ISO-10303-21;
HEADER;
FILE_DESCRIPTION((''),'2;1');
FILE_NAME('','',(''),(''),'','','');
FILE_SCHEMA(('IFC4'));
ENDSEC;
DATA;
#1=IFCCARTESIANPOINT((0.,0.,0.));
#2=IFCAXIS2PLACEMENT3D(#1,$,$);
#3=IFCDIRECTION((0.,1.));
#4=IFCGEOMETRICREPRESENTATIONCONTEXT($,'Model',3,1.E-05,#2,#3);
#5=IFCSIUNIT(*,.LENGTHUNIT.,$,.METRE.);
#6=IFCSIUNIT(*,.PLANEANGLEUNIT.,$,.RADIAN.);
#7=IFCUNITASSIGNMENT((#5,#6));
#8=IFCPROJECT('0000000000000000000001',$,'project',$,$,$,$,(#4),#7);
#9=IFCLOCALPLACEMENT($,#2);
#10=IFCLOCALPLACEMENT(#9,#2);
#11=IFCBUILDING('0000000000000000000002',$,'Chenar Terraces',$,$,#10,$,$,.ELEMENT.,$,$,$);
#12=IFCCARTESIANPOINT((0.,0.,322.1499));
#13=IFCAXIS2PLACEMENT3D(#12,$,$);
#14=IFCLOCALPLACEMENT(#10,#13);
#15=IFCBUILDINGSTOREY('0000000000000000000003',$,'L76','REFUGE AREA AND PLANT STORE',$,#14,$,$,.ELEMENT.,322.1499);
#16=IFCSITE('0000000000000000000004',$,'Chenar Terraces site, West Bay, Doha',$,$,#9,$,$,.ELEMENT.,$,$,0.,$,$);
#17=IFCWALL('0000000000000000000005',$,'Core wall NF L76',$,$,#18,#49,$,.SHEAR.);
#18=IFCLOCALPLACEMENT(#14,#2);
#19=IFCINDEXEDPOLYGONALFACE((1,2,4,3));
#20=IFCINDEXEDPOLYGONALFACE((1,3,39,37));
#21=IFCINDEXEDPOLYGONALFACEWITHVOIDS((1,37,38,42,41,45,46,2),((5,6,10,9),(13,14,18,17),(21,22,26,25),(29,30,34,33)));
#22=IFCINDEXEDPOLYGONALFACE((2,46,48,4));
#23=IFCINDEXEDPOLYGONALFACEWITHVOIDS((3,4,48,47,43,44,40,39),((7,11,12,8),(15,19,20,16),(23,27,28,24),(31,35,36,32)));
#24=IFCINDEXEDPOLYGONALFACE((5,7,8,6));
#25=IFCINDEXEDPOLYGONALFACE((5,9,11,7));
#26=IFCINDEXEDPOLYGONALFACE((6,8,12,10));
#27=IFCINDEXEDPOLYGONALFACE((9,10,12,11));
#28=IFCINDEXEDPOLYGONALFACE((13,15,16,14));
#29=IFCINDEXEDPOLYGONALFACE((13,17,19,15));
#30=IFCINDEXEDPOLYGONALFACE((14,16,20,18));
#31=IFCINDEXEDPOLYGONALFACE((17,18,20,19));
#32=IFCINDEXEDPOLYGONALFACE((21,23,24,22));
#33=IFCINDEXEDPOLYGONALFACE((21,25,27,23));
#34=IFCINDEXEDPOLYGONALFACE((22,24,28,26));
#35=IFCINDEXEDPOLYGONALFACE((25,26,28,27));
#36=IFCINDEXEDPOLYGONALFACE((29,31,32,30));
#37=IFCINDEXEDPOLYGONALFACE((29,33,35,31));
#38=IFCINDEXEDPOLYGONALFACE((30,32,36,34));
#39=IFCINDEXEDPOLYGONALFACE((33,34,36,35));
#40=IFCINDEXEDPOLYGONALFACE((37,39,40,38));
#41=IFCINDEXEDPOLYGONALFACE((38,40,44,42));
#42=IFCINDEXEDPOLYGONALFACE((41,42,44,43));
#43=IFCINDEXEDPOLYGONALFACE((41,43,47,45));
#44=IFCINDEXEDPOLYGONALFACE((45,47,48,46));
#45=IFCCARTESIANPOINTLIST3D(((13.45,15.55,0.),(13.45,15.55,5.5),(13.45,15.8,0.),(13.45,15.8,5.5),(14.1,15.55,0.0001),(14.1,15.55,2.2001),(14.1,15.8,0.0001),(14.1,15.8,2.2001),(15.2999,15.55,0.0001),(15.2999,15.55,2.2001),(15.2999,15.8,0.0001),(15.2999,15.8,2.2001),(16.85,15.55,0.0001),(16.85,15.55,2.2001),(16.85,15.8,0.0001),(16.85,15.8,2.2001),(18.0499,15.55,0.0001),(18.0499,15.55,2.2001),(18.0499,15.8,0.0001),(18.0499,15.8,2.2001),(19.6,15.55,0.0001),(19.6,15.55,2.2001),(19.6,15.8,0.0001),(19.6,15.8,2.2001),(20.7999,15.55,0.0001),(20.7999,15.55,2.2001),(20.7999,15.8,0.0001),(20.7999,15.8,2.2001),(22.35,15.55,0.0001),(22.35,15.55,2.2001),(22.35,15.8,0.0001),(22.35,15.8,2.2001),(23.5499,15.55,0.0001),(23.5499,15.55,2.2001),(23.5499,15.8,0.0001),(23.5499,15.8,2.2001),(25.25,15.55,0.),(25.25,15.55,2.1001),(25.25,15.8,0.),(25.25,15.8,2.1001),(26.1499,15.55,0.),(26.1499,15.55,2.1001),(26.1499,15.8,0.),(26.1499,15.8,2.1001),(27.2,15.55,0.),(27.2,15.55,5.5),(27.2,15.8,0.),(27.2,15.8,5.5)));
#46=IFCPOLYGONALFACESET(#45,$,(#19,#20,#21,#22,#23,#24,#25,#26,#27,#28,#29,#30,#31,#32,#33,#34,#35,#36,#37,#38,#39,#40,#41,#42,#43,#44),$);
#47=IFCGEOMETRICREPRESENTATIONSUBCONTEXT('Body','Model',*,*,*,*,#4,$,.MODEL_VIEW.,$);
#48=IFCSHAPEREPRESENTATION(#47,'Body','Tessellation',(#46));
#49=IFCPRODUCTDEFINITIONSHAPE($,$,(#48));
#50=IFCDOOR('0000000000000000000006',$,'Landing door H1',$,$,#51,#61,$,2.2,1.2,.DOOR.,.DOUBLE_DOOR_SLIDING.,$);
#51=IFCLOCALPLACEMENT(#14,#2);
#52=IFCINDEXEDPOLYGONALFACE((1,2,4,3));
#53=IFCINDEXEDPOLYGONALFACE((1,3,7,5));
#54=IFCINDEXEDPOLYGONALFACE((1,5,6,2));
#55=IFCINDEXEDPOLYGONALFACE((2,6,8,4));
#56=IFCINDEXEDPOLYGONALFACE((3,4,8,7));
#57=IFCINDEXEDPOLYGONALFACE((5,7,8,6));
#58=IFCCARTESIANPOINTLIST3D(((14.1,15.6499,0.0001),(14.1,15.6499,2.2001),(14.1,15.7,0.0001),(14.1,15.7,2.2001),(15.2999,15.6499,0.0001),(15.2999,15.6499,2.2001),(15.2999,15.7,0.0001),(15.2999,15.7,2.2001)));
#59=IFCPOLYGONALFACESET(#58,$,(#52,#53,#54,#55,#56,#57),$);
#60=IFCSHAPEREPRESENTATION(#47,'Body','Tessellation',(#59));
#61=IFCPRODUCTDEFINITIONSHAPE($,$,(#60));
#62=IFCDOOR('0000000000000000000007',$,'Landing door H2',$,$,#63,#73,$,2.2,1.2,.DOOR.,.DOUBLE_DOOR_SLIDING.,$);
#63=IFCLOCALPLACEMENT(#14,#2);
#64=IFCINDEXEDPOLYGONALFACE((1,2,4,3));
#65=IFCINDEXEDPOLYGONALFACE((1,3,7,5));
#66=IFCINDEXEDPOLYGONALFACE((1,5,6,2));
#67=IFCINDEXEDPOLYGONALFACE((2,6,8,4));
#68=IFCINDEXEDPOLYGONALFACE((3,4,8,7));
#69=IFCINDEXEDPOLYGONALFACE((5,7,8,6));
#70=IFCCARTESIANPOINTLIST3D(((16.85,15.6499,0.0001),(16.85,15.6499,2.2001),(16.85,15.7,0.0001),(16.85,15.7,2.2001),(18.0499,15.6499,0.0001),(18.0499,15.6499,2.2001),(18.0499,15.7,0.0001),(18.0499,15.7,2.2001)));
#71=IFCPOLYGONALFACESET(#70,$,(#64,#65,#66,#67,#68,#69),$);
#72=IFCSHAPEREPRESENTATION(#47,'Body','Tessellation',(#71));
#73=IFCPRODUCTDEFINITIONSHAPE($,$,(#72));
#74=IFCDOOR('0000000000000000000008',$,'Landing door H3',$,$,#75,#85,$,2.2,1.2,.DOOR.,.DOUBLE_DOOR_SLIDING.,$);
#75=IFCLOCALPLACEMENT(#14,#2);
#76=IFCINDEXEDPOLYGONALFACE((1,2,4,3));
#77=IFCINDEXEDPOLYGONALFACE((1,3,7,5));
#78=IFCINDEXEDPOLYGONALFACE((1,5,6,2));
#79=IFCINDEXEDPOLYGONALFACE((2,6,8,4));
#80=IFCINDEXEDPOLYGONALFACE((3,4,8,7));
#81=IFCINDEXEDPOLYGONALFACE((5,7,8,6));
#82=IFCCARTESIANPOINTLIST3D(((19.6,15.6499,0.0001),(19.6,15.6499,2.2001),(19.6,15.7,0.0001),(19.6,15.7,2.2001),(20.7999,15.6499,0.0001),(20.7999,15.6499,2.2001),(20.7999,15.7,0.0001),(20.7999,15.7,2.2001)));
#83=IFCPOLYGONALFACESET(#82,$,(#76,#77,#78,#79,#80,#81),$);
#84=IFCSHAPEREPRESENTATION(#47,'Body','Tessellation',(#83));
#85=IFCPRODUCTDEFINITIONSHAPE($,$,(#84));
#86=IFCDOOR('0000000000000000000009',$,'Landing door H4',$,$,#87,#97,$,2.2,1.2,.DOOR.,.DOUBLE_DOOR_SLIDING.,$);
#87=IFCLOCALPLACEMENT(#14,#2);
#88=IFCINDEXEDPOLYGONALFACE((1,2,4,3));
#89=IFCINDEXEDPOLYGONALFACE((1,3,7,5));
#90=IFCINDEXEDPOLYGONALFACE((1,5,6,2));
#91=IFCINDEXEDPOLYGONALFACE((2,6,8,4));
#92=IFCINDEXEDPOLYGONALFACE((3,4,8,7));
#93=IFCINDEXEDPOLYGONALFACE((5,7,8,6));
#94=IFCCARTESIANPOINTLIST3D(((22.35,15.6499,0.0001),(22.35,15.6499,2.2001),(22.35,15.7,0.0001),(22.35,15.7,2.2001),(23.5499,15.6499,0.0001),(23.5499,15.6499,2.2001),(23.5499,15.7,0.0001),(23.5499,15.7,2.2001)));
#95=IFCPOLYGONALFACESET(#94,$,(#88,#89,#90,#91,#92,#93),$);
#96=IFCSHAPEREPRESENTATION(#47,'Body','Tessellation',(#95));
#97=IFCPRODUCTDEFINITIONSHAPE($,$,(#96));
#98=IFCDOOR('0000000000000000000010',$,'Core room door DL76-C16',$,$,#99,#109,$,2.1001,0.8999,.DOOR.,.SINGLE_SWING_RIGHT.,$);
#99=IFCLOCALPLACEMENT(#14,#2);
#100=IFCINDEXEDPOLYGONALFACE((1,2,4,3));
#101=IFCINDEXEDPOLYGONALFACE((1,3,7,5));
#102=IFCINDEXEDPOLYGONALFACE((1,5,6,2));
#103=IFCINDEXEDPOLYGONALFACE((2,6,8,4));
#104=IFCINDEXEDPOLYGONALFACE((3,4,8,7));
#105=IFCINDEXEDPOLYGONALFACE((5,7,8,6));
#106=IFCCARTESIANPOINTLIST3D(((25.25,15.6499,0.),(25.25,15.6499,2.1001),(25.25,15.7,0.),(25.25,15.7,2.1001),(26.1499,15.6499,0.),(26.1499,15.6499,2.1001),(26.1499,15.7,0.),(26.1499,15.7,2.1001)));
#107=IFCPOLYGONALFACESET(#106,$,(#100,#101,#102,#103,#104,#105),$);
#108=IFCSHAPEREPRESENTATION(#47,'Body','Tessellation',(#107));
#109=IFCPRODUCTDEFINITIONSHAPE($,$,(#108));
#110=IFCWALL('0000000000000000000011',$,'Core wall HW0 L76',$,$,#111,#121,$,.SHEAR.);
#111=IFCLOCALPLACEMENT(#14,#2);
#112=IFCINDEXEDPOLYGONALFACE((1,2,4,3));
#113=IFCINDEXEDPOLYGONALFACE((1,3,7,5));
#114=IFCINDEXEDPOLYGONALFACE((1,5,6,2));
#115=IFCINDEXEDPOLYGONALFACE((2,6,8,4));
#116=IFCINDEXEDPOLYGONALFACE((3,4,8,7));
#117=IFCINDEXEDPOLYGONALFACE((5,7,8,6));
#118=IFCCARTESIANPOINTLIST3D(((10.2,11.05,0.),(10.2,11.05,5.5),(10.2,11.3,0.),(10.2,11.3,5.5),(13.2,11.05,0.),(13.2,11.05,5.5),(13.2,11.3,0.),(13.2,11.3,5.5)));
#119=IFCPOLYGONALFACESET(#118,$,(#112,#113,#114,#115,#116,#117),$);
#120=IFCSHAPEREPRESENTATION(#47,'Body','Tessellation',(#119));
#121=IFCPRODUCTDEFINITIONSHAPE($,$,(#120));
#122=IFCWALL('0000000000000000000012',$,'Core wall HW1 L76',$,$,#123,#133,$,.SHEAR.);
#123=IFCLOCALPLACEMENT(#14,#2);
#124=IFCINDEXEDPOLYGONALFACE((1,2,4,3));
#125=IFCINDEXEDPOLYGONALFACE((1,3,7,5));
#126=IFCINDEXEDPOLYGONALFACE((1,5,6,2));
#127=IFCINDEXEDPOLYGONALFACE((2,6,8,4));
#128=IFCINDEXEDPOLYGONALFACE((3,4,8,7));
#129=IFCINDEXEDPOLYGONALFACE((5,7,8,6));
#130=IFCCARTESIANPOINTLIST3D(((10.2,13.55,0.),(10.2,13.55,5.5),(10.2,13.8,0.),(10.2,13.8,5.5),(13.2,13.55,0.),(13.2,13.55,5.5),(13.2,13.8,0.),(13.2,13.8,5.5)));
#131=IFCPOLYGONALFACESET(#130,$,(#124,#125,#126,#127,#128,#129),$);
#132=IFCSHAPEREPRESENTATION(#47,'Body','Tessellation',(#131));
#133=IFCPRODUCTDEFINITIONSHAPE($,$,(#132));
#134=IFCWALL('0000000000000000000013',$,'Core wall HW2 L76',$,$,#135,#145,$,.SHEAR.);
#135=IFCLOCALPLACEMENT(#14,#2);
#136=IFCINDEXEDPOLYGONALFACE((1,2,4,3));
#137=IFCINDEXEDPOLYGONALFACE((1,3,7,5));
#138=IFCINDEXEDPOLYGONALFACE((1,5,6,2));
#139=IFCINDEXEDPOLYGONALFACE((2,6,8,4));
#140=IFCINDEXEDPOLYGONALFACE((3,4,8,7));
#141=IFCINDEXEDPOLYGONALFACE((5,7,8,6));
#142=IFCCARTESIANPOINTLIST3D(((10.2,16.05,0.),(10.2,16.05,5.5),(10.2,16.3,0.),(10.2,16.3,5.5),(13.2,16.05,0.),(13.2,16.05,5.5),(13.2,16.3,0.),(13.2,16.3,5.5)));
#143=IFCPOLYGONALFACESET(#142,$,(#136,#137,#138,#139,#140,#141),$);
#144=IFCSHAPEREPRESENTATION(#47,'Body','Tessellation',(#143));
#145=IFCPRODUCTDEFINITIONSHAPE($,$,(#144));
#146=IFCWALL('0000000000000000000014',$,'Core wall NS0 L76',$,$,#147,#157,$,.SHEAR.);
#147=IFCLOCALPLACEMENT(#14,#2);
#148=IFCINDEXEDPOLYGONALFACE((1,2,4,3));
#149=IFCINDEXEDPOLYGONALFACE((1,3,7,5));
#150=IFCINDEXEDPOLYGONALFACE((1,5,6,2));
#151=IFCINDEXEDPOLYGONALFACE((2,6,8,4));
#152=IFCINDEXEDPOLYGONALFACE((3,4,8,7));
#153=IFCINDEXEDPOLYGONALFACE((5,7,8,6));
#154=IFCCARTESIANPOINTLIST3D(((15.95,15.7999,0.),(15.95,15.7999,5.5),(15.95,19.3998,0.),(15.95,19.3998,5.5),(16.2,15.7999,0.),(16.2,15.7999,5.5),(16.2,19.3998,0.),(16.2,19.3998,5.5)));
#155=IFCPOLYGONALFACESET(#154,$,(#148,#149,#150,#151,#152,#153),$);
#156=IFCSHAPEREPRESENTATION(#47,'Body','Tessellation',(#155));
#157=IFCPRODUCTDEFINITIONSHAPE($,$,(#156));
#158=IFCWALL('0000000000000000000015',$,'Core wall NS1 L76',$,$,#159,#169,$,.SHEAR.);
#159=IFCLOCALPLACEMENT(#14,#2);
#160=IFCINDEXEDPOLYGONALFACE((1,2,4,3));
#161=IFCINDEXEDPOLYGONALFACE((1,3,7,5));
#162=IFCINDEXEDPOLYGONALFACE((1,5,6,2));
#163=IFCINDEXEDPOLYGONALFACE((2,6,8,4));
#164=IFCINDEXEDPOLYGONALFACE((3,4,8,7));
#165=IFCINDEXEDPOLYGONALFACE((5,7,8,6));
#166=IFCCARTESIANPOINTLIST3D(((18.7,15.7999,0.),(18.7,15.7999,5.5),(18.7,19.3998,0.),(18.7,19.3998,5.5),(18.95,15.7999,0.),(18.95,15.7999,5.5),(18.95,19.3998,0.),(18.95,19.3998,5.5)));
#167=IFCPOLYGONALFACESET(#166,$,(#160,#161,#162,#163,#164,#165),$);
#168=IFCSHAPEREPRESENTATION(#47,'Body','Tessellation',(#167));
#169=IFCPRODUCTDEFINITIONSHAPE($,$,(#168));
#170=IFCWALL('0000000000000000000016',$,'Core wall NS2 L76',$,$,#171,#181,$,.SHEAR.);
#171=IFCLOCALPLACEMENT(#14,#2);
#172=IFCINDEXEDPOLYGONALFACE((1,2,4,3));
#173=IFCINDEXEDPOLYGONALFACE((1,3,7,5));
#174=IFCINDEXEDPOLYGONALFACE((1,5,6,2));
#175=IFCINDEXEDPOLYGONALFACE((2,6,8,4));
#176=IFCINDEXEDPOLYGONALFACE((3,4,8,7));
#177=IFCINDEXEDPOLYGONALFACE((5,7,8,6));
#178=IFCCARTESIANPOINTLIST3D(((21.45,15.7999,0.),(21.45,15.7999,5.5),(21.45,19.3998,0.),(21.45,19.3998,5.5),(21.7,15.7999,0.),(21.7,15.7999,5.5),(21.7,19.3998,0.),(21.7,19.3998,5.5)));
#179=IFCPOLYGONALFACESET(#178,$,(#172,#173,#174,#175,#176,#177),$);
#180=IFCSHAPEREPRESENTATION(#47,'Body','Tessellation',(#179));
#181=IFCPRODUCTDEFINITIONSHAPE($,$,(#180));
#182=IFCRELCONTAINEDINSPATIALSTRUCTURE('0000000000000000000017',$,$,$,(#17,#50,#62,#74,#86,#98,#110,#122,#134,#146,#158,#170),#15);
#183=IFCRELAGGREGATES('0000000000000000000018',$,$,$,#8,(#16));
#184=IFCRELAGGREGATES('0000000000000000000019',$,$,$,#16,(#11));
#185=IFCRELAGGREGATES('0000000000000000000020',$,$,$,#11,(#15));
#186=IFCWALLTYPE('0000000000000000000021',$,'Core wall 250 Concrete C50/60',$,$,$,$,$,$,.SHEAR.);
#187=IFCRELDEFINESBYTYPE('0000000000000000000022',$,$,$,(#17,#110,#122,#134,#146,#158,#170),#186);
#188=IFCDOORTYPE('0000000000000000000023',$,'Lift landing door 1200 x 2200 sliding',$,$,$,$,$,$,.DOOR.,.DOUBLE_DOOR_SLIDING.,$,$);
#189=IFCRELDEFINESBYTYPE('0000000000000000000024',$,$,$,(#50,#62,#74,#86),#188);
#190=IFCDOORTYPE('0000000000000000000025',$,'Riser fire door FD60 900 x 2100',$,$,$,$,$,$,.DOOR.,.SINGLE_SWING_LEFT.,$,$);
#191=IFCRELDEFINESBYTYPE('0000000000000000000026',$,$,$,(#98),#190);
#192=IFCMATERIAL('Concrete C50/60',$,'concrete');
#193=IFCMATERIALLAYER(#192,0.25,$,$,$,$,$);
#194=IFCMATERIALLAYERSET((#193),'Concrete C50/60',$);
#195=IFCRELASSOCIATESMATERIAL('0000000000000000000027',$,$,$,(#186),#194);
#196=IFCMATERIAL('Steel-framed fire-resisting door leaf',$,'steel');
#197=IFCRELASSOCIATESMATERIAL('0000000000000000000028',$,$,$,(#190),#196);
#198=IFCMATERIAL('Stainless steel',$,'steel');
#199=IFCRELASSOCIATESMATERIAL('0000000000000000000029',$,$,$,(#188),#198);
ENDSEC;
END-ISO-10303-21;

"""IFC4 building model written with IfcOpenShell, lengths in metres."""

from ifc_helpers import new_model, si_unit, direction, frame, frame_2d, origin, place, context, subcontext, project, spatial, rectangle, extrude, material, layer, layer_set, type_object, element, fill, save


model = new_model("IFC4")

# Units and contexts
model_context = context("Model", 3, precision=1e-05, world=origin(), true_north=direction((0.0, 1.0)))
body_context = subcontext(model_context, "Body", "Model", "MODEL_VIEW")
ifc_project = project(units=[si_unit("LENGTHUNIT", "METRE"), si_unit("PLANEANGLEUNIT", "RADIAN")], contexts=[model_context])

# Site, building, storey
site_placement = place(None, origin())
site = spatial("IfcSite", under=ifc_project, at=site_placement, Name="Chenar Terraces site, West Bay, Doha", CompositionType="ELEMENT", RefElevation=0.0)
building_placement = place(site_placement, origin())
building = spatial("IfcBuilding", under=site, at=building_placement, Name="Chenar Terraces", CompositionType="ELEMENT")
storey_placement = place(building_placement, frame((0.0, 0.0, 322.1499)))
storey = spatial("IfcBuildingStorey", under=building, at=storey_placement, Name="L76", Description="REFUGE AREA AND PLANT STORE", CompositionType="ELEMENT", Elevation=322.1499)

# Wall, openings, doors
ifc_material_1 = material(Name="Concrete C50/60", Category="concrete")
ifc_layer_1 = layer(ifc_material_1, 0.25)
ifc_layer_set_1 = layer_set([ifc_layer_1], Name="Concrete C50/60")
wall_type_1 = type_object("IfcWallType", Name="Core wall 250 Concrete C50/60", PredefinedType="SHEAR", material=ifc_layer_set_1)
ifc_material_2 = material(Name="Steel-framed fire-resisting door leaf", Category="steel")
door_type_1 = type_object("IfcDoorType", Name="Riser fire door FD60 900 x 2100", OperationType="SINGLE_SWING_LEFT", PredefinedType="DOOR", material=ifc_material_2)
wall_1_placement = place(storey_placement, frame((13.45, 15.675, 0.0), z_axis=(0.0, 0.0, 1.0), x_axis=(1.0, 0.0, 0.0)))
wall_1 = element("IfcWall", 1, at=wall_1_placement, inside=storey, type_object=wall_type_1, Name="Core wall NF L76", PredefinedType="SHEAR", context=body_context, shape_type="SweptSolid", body=[
    extrude(rectangle(XDim=13.75, YDim=0.25, at=frame_2d((6.875, 0.0))), origin(), (0.0, 0.0, 1.0), 5.5),
])
opening_1_placement = place(wall_1_placement, frame((0.6499, 0.0, 0.0)))
opening_1 = element("IfcOpeningElement", 2, at=opening_1_placement, cuts=wall_1, PredefinedType="OPENING", context=body_context, shape_type="SweptSolid", body=[
    extrude(rectangle(XDim=1.2, YDim=2.2, at=frame_2d((0.6001, 1.1001))), frame((0.0, 0.135, 0.0), z_axis=(0.0, -1.0, 0.0), x_axis=(1.0, 0.0, 0.0)), (0.0, 0.0, 1.0), 0.27),
])
opening_2_placement = place(wall_1_placement, frame((3.3999, 0.0, 0.0)))
opening_2 = element("IfcOpeningElement", 3, at=opening_2_placement, cuts=wall_1, PredefinedType="OPENING", context=body_context, shape_type="SweptSolid", body=[
    extrude(rectangle(XDim=1.2, YDim=2.2, at=frame_2d((0.6001, 1.1001))), frame((0.0, 0.135, 0.0), z_axis=(0.0, -1.0, 0.0), x_axis=(1.0, 0.0, 0.0)), (0.0, 0.0, 1.0), 0.27),
])
opening_3_placement = place(wall_1_placement, frame((6.1499, 0.0, 0.0)))
opening_3 = element("IfcOpeningElement", 4, at=opening_3_placement, cuts=wall_1, PredefinedType="OPENING", context=body_context, shape_type="SweptSolid", body=[
    extrude(rectangle(XDim=1.2, YDim=2.2, at=frame_2d((0.6001, 1.1001))), frame((0.0, 0.135, 0.0), z_axis=(0.0, -1.0, 0.0), x_axis=(1.0, 0.0, 0.0)), (0.0, 0.0, 1.0), 0.27),
])
opening_4_placement = place(wall_1_placement, frame((8.8999, 0.0, 0.0)))
opening_4 = element("IfcOpeningElement", 5, at=opening_4_placement, cuts=wall_1, PredefinedType="OPENING", context=body_context, shape_type="SweptSolid", body=[
    extrude(rectangle(XDim=1.2, YDim=2.2, at=frame_2d((0.6001, 1.1001))), frame((0.0, 0.135, 0.0), z_axis=(0.0, -1.0, 0.0), x_axis=(1.0, 0.0, 0.0)), (0.0, 0.0, 1.0), 0.27),
])
opening_5_placement = place(wall_1_placement, frame((11.8, 0.0, 0.0)))
opening_5 = element("IfcOpeningElement", 6, at=opening_5_placement, cuts=wall_1, PredefinedType="OPENING", context=body_context, shape_type="SweptSolid", body=[
    extrude(rectangle(XDim=0.8999, YDim=2.1001, at=frame_2d((0.45, 1.05))), frame((0.0, 0.135, 0.0), z_axis=(0.0, -1.0, 0.0), x_axis=(1.0, 0.0, 0.0)), (0.0, 0.0, 1.0), 0.27),
])
ifc_material_3 = material(Name="Stainless steel", Category="steel")
door_type_2 = type_object("IfcDoorType", Name="Lift landing door 1200 x 2200 sliding", OperationType="DOUBLE_DOOR_SLIDING", PredefinedType="DOOR", material=ifc_material_3)
door_1_placement = place(opening_1_placement, origin())
door_1 = element("IfcDoor", 7, at=door_1_placement, inside=storey, type_object=door_type_2, Name="Landing door H1", OperationType="DOUBLE_DOOR_SLIDING", OverallHeight=2.2, OverallWidth=1.2, PredefinedType="DOOR", context=body_context, shape_type="SweptSolid", body=[
    extrude(rectangle(XDim=1.2, YDim=2.2, at=frame_2d((0.6001, 1.1001))), frame((0.0, 0.0249, 0.0), z_axis=(0.0, -1.0, 0.0), x_axis=(1.0, 0.0, 0.0)), (0.0, 0.0, 1.0), 0.05),
])
fill(opening_1, door_1)
door_2_placement = place(opening_2_placement, origin())
door_2 = element("IfcDoor", 8, at=door_2_placement, inside=storey, type_object=door_type_2, Name="Landing door H2", OperationType="DOUBLE_DOOR_SLIDING", OverallHeight=2.2, OverallWidth=1.2, PredefinedType="DOOR", context=body_context, shape_type="SweptSolid", body=[
    extrude(rectangle(XDim=1.2, YDim=2.2, at=frame_2d((0.6001, 1.1001))), frame((0.0, 0.0249, 0.0), z_axis=(0.0, -1.0, 0.0), x_axis=(1.0, 0.0, 0.0)), (0.0, 0.0, 1.0), 0.05),
])
fill(opening_2, door_2)
door_3_placement = place(opening_3_placement, origin())
door_3 = element("IfcDoor", 9, at=door_3_placement, inside=storey, type_object=door_type_2, Name="Landing door H3", OperationType="DOUBLE_DOOR_SLIDING", OverallHeight=2.2, OverallWidth=1.2, PredefinedType="DOOR", context=body_context, shape_type="SweptSolid", body=[
    extrude(rectangle(XDim=1.2, YDim=2.2, at=frame_2d((0.6001, 1.1001))), frame((0.0, 0.0249, 0.0), z_axis=(0.0, -1.0, 0.0), x_axis=(1.0, 0.0, 0.0)), (0.0, 0.0, 1.0), 0.05),
])
fill(opening_3, door_3)
door_4_placement = place(opening_4_placement, origin())
door_4 = element("IfcDoor", 10, at=door_4_placement, inside=storey, type_object=door_type_2, Name="Landing door H4", OperationType="DOUBLE_DOOR_SLIDING", OverallHeight=2.2, OverallWidth=1.2, PredefinedType="DOOR", context=body_context, shape_type="SweptSolid", body=[
    extrude(rectangle(XDim=1.2, YDim=2.2, at=frame_2d((0.6001, 1.1001))), frame((0.0, 0.0249, 0.0), z_axis=(0.0, -1.0, 0.0), x_axis=(1.0, 0.0, 0.0)), (0.0, 0.0, 1.0), 0.05),
])
fill(opening_4, door_4)
door_5_placement = place(opening_5_placement, origin())
door_5 = element("IfcDoor", 11, at=door_5_placement, inside=storey, type_object=door_type_1, Name="Core room door DL76-C16", OperationType="SINGLE_SWING_RIGHT", OverallHeight=2.1001, OverallWidth=0.8999, PredefinedType="DOOR", context=body_context, shape_type="SweptSolid", body=[
    extrude(rectangle(XDim=0.8999, YDim=2.1001, at=frame_2d((0.45, 1.05))), frame((0.0, 0.0249, 0.0), z_axis=(0.0, -1.0, 0.0), x_axis=(1.0, 0.0, 0.0)), (0.0, 0.0, 1.0), 0.05),
])
fill(opening_5, door_5)

# Walls
for number, where, z_axis, x_axis, name in (
    (12, (10.2, 11.175, 0.0), (0.0, 0.0, 1.0), (1.0, 0.0, 0.0), "Core wall HW0 L76"),
    (13, (10.2, 13.675, 0.0), (0.0, 0.0, 1.0), (1.0, 0.0, 0.0), "Core wall HW1 L76"),
    (14, (10.2, 16.175, 0.0), (0.0, 0.0, 1.0), (1.0, 0.0, 0.0), "Core wall HW2 L76"),
):
    element("IfcWall", number, at=place(storey_placement, frame(where, z_axis=z_axis, x_axis=x_axis)), inside=storey, type_object=wall_type_1, Name=name, PredefinedType="SHEAR", context=body_context, shape_type="SweptSolid", body=[
        extrude(rectangle(XDim=3.0, YDim=0.25, at=frame_2d((1.5, 0.0))), origin(), (0.0, 0.0, 1.0), 5.5),
    ])
for number, where, z_axis, x_axis, name in (
    (15, (16.075, 15.8, 0.0), (0.0, 0.0, 1.0), (0.0, 1.0, 0.0), "Core wall NS0 L76"),
    (16, (18.825, 15.8, 0.0), (0.0, 0.0, 1.0), (0.0, 1.0, 0.0), "Core wall NS1 L76"),
    (17, (21.575, 15.8, 0.0), (0.0, 0.0, 1.0), (0.0, 1.0, 0.0), "Core wall NS2 L76"),
):
    element("IfcWall", number, at=place(storey_placement, frame(where, z_axis=z_axis, x_axis=x_axis)), inside=storey, type_object=wall_type_1, Name=name, PredefinedType="SHEAR", context=body_context, shape_type="SweptSolid", body=[
        extrude(rectangle(XDim=3.5999, YDim=0.25, at=frame_2d((1.7998, 0.0))), origin(), (0.0, 0.0, 1.0), 5.5),
    ])

save(model, "model.ifc")
